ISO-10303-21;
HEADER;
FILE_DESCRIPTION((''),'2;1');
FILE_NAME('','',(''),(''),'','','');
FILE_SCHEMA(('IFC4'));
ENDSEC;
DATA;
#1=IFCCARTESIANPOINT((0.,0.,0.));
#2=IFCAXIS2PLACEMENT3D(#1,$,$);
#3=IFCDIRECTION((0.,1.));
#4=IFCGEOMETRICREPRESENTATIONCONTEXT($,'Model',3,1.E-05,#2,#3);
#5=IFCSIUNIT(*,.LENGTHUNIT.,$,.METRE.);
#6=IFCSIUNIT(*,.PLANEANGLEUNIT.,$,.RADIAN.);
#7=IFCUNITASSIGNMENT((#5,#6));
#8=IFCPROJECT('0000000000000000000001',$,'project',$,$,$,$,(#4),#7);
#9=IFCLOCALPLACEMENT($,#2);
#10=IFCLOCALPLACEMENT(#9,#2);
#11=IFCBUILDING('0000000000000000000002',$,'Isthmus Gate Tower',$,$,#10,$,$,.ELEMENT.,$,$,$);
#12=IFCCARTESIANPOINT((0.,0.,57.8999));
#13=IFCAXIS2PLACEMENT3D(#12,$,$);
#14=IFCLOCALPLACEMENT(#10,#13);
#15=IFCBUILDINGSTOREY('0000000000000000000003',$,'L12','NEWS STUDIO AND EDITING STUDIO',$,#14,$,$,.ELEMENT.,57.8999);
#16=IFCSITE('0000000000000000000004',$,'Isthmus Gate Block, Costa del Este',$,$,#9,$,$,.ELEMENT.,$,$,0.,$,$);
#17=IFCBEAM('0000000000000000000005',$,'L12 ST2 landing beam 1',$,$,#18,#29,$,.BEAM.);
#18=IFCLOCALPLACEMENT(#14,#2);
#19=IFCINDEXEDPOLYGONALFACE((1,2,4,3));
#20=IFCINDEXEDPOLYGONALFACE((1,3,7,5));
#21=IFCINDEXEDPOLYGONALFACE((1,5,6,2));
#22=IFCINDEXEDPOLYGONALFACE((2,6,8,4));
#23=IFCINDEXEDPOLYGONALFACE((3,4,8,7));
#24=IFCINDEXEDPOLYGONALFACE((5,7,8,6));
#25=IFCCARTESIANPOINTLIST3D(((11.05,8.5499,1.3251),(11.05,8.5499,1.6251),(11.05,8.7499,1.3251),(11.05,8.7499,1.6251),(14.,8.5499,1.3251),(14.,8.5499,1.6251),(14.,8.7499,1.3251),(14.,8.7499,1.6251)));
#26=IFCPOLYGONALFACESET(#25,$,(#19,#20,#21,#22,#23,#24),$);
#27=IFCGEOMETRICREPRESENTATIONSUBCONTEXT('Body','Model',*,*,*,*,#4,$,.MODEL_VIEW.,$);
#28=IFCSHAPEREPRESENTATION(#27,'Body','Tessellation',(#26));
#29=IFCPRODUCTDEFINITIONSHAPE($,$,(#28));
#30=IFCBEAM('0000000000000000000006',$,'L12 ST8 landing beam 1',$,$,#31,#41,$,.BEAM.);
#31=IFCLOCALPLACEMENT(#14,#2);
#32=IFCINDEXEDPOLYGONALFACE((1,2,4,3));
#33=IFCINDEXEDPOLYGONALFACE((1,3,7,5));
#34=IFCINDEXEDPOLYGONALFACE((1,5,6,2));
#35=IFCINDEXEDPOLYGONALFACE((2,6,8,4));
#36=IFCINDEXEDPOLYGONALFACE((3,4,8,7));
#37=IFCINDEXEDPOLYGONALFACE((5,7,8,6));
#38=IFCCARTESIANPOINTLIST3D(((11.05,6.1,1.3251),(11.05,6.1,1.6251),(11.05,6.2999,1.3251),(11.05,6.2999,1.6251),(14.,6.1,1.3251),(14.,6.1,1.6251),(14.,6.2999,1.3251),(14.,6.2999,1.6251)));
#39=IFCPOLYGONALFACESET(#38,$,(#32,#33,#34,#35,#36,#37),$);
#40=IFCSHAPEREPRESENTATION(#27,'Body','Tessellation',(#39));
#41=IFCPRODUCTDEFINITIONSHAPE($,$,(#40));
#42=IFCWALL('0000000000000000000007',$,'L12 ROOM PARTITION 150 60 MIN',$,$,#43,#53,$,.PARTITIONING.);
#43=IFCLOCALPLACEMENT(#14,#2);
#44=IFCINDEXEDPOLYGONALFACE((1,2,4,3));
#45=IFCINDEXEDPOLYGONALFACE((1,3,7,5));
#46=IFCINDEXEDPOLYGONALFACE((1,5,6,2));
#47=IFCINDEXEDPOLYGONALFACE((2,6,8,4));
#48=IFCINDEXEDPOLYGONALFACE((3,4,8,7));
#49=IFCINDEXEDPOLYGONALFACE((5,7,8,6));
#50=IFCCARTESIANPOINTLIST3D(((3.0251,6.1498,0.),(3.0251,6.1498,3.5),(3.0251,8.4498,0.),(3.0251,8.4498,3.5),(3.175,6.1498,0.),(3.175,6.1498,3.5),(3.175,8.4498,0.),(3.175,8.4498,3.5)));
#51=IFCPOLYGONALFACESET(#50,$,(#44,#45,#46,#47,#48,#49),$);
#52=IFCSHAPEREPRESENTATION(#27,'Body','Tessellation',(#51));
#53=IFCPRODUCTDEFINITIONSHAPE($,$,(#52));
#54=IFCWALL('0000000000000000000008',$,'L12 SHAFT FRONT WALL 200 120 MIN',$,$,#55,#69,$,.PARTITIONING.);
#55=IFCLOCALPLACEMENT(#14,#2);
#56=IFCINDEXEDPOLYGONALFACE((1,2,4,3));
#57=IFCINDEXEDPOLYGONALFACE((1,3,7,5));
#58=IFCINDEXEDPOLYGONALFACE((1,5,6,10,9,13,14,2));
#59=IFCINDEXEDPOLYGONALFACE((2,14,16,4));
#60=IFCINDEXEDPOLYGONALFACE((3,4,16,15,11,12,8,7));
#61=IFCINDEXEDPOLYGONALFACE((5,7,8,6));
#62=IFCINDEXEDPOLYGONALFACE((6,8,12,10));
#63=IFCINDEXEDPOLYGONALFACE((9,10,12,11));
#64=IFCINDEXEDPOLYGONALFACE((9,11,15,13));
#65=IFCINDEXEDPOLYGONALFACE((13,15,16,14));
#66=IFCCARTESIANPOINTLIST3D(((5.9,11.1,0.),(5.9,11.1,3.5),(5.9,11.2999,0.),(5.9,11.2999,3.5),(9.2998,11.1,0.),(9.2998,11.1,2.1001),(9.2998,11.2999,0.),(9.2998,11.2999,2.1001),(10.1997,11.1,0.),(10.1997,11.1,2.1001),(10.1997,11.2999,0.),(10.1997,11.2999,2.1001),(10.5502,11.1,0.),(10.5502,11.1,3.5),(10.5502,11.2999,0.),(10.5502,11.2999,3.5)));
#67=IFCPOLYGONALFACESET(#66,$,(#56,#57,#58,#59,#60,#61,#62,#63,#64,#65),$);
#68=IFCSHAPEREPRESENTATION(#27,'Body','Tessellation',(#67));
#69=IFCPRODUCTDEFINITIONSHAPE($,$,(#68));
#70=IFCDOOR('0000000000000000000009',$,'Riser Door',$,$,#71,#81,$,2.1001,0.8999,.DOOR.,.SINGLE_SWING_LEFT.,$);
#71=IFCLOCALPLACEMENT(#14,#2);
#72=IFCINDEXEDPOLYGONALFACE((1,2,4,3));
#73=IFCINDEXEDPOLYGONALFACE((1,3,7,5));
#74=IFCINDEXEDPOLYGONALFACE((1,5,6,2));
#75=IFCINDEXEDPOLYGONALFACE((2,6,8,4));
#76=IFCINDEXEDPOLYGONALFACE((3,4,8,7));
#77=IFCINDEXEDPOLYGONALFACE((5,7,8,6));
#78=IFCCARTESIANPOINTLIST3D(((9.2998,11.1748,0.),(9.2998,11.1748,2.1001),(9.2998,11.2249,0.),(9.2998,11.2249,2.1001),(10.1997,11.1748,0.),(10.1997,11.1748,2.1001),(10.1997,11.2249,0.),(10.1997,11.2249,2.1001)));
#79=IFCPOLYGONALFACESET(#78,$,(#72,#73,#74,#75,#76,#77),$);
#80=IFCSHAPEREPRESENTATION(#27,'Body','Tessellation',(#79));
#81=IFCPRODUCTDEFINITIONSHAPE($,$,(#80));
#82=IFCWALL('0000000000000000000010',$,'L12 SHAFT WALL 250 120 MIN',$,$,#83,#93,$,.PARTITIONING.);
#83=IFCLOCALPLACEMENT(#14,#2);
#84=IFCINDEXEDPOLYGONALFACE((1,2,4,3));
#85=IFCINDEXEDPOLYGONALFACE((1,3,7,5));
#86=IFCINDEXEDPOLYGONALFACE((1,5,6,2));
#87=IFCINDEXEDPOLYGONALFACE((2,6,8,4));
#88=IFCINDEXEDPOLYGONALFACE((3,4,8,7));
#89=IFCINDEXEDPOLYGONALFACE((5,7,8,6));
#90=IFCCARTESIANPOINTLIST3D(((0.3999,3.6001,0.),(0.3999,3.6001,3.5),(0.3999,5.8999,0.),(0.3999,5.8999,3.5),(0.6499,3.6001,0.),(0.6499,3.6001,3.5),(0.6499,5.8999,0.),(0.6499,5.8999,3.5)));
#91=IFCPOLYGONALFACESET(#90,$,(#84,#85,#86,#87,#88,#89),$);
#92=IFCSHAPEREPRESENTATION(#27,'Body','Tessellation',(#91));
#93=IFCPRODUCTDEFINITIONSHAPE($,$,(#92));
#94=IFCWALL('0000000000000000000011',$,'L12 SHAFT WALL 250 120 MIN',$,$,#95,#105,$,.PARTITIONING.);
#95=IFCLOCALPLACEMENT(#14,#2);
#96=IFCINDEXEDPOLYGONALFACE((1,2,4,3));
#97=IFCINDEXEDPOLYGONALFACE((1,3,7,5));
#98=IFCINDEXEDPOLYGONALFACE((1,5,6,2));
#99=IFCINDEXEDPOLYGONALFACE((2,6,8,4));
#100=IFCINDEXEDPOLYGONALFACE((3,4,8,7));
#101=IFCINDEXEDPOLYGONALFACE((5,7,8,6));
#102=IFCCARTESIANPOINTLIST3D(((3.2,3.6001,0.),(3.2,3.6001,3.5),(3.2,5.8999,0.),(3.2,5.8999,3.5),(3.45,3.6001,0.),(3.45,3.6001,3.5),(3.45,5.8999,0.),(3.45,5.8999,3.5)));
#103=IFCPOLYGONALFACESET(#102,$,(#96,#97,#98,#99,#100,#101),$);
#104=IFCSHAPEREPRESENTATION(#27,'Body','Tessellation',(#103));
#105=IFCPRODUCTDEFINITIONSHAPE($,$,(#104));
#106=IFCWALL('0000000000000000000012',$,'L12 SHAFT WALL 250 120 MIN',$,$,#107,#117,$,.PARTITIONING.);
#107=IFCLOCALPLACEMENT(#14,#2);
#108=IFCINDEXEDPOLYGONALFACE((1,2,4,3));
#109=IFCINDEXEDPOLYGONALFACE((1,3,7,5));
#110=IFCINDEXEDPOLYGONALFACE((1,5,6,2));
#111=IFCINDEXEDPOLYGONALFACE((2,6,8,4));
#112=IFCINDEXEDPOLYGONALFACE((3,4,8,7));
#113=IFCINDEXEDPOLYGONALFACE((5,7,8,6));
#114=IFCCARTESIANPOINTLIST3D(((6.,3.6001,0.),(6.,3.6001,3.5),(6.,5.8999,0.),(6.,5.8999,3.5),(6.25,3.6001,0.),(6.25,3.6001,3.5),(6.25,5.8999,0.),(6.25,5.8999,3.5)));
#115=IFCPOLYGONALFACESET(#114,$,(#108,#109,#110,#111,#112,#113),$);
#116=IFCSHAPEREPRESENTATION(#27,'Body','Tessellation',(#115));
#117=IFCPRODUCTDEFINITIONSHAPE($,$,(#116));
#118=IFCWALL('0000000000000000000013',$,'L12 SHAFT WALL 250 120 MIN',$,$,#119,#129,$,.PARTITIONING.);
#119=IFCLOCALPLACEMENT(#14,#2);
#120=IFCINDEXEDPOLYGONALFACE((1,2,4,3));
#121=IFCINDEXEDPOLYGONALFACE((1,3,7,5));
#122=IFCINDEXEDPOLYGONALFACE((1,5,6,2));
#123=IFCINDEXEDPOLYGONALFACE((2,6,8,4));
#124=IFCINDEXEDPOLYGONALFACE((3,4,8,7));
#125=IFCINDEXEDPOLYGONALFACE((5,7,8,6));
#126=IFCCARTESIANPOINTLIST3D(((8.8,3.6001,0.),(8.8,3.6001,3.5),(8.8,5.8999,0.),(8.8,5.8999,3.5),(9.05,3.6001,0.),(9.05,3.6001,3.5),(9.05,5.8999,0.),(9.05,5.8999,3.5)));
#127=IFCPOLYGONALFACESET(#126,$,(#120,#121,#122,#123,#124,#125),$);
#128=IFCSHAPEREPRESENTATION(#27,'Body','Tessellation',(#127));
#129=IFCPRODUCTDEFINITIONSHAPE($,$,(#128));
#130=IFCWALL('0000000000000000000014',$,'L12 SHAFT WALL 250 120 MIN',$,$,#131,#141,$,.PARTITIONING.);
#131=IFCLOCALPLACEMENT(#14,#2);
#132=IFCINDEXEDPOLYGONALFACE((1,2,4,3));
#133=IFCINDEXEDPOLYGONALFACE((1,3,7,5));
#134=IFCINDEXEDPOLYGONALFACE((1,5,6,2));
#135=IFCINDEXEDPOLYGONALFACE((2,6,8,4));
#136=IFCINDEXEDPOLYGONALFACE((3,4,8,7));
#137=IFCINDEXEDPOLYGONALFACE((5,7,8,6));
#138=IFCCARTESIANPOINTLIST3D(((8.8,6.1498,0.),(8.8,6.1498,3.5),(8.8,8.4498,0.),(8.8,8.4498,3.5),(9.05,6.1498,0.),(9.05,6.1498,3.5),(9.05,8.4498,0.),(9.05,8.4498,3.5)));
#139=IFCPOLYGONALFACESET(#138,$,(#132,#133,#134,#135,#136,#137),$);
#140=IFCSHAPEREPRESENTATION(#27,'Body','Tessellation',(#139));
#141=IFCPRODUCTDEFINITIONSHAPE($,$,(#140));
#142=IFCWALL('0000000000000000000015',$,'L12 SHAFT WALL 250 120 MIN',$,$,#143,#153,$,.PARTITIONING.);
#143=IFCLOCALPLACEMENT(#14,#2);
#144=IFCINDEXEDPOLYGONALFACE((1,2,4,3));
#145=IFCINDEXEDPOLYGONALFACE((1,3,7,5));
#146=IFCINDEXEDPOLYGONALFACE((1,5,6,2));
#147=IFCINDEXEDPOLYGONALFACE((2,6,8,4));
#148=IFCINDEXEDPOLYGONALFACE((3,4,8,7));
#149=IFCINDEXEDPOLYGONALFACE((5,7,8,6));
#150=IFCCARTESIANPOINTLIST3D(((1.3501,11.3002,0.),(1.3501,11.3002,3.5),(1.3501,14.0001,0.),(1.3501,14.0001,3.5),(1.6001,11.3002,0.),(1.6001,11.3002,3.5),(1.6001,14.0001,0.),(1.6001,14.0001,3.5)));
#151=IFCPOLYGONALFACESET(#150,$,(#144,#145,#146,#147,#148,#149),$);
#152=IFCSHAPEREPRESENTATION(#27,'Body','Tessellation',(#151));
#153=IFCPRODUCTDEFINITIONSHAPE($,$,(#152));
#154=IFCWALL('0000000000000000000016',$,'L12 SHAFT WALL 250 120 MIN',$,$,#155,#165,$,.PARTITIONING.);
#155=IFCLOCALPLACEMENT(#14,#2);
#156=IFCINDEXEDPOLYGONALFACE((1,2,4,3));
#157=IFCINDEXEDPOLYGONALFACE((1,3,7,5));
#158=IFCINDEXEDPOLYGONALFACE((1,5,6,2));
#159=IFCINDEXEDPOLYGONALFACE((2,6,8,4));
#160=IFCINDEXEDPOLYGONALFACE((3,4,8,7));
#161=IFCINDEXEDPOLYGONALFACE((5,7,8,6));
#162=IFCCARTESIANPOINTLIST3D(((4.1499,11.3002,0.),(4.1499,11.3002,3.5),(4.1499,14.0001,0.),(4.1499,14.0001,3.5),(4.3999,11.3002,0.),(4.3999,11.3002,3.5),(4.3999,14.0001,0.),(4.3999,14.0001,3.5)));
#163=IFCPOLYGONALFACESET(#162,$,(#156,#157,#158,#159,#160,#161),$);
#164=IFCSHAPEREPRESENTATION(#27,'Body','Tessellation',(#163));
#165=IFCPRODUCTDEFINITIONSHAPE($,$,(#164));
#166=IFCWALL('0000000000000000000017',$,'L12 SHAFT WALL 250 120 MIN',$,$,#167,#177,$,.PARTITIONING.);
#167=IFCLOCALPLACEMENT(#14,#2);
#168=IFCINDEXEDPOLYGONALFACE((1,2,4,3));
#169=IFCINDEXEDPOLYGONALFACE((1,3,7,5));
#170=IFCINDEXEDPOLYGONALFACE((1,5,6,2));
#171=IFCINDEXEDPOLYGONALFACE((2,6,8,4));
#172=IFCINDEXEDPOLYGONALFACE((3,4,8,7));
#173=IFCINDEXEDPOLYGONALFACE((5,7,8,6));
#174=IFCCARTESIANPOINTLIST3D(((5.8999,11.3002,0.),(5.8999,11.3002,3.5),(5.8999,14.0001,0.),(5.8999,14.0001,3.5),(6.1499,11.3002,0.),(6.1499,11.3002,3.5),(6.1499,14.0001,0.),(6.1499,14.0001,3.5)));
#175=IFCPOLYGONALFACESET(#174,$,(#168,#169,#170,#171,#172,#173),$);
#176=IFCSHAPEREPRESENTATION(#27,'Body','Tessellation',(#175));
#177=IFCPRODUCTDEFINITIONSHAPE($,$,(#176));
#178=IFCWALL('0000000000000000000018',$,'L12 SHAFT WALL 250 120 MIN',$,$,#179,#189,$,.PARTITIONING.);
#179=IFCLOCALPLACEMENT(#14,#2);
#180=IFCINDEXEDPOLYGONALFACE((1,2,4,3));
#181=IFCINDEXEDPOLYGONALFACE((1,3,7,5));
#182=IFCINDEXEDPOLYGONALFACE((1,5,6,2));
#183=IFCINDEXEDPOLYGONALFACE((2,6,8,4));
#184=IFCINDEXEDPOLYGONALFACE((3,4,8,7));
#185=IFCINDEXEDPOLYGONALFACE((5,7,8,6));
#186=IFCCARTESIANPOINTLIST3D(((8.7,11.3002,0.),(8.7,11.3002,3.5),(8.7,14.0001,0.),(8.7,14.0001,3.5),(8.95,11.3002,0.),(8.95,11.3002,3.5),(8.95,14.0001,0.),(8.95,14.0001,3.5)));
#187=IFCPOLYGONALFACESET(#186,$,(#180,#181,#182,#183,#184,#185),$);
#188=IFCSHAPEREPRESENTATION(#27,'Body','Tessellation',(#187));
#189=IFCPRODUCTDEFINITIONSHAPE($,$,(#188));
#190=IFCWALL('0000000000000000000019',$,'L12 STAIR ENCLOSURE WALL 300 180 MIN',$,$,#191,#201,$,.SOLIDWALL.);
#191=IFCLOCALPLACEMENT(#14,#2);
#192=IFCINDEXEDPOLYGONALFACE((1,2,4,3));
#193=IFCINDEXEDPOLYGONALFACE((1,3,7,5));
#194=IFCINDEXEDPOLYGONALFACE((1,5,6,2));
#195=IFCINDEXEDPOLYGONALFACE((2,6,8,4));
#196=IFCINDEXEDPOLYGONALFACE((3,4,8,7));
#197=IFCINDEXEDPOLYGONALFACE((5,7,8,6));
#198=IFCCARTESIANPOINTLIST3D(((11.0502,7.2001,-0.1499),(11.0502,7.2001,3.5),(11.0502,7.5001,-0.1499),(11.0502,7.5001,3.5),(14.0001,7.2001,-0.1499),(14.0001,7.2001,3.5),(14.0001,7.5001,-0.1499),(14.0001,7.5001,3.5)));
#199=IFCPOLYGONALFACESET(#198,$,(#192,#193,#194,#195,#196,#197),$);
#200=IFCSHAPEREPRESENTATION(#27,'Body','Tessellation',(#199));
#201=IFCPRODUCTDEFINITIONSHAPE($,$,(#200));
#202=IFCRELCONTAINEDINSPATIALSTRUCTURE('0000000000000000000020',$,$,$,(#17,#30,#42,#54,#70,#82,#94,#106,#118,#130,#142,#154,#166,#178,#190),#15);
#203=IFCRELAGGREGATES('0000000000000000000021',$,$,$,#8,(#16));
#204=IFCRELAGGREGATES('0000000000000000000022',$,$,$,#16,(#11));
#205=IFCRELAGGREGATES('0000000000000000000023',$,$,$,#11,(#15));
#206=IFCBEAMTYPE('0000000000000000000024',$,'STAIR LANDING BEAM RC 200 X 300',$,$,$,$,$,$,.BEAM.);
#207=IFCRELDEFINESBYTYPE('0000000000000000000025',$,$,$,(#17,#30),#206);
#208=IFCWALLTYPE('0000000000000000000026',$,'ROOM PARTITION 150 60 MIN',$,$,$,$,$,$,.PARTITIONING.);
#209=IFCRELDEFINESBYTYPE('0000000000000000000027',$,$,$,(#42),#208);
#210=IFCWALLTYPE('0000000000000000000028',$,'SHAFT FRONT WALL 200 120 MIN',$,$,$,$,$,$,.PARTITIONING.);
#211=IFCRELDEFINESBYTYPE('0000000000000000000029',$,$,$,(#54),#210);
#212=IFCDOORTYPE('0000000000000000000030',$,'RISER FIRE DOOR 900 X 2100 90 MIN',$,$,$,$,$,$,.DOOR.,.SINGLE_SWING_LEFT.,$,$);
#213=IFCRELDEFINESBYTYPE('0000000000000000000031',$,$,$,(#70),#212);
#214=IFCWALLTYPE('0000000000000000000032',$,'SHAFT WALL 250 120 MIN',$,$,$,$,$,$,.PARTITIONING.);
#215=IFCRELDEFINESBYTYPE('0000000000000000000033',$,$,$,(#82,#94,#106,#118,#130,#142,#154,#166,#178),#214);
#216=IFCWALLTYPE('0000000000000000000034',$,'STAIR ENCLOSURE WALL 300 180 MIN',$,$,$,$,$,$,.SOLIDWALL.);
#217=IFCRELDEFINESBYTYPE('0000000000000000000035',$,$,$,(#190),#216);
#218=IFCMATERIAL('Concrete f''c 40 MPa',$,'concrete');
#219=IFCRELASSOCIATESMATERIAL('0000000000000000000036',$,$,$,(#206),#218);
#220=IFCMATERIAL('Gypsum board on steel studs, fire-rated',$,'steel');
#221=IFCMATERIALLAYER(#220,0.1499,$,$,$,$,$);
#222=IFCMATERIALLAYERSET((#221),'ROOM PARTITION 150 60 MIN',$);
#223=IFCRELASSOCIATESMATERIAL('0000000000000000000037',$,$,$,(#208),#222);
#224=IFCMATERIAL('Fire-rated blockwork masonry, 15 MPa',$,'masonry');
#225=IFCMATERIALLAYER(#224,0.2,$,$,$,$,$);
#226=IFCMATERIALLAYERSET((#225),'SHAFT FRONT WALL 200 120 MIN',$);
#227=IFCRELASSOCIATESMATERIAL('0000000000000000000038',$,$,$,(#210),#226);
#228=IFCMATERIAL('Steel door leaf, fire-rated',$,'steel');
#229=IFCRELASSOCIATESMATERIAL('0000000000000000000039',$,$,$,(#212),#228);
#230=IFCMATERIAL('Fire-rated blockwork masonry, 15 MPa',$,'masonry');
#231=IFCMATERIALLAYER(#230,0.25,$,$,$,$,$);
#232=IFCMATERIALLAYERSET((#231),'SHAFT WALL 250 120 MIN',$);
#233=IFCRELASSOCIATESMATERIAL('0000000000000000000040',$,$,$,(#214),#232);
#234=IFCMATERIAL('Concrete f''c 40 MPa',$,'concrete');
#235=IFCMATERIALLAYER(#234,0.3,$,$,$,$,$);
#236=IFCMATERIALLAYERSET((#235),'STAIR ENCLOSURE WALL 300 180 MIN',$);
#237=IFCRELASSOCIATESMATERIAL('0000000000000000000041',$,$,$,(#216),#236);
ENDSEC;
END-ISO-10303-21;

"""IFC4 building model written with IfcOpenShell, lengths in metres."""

from ifc_helpers import new_model, si_unit, direction, frame, frame_2d, origin, origin_2d, place, context, subcontext, project, spatial, rectangle, extrude, material, layer, layer_set, material_profile, profile_set, type_object, element, fill, save


model = new_model("IFC4")

# Units and contexts
model_context = context("Model", 3, precision=1e-05, world=origin(), true_north=direction((0.0, 1.0)))
body_context = subcontext(model_context, "Body", "Model", "MODEL_VIEW")
ifc_project = project(units=[si_unit("LENGTHUNIT", "METRE"), si_unit("PLANEANGLEUNIT", "RADIAN")], contexts=[model_context])

# Site, building, storey
site_placement = place(None, origin())
site = spatial("IfcSite", under=ifc_project, at=site_placement, Name="Isthmus Gate Block, Costa del Este", CompositionType="ELEMENT", RefElevation=0.0)
building_placement = place(site_placement, origin())
building = spatial("IfcBuilding", under=site, at=building_placement, Name="Isthmus Gate Tower", CompositionType="ELEMENT")
storey_placement = place(building_placement, frame((0.0, 0.0, 57.8999)))
storey = spatial("IfcBuildingStorey", under=building, at=storey_placement, Name="L12", Description="NEWS STUDIO AND EDITING STUDIO", CompositionType="ELEMENT", Elevation=57.8999)

# Beams
ifc_material_1 = material(Name="Concrete f'c 40 MPa", Category="concrete")
ifc_material_profile = material_profile(ifc_material_1, rectangle(XDim=0.2, YDim=0.3, at=origin_2d()), Name="STAIR LANDING BEAM RC 200 X 300")
ifc_profile_set = profile_set([ifc_material_profile], Name="Concrete f'c 40 MPa")
beam_type = type_object("IfcBeamType", Name="STAIR LANDING BEAM RC 200 X 300", PredefinedType="BEAM", material=ifc_profile_set)
for number, where, z_axis, x_axis, name in (
    (1, (11.05, 8.6499, 1.4751), (1.0, 0.0, 0.0), (0.0, 1.0, 0.0), "L12 ST2 landing beam 1"),
    (2, (11.05, 6.2, 1.4751), (1.0, 0.0, 0.0), (0.0, 1.0, 0.0), "L12 ST8 landing beam 1"),
):
    element("IfcBeam", number, at=place(storey_placement, frame(where, z_axis=z_axis, x_axis=x_axis)), inside=storey, type_object=beam_type, Name=name, PredefinedType="BEAM", context=body_context, shape_type="SweptSolid", body=[
        extrude(rectangle(XDim=0.2, YDim=0.3, at=origin_2d()), origin(), (0.0, 0.0, 1.0), 2.95),
    ])

# Wall
ifc_material_2 = material(Name="Gypsum board on steel studs, fire-rated", Category="steel")
ifc_layer_1 = layer(ifc_material_2, 0.1499)
ifc_layer_set_1 = layer_set([ifc_layer_1], Name="ROOM PARTITION 150 60 MIN")
wall_type_1 = type_object("IfcWallType", Name="ROOM PARTITION 150 60 MIN", PredefinedType="PARTITIONING", material=ifc_layer_set_1)
wall_1_placement = place(storey_placement, frame((3.1001, 6.1499, 0.0), z_axis=(0.0, 0.0, 1.0), x_axis=(0.0, 1.0, 0.0)))
element("IfcWall", 3, at=wall_1_placement, inside=storey, type_object=wall_type_1, Name="L12 ROOM PARTITION 150 60 MIN", PredefinedType="PARTITIONING", context=body_context, shape_type="SweptSolid", body=[
    extrude(rectangle(XDim=2.3, YDim=0.1499, at=frame_2d((1.1499, 0.0))), origin(), (0.0, 0.0, 1.0), 3.5),
])

# Wall, opening, door
ifc_material_3 = material(Name="Fire-rated blockwork masonry, 15 MPa", Category="masonry")
ifc_layer_2 = layer(ifc_material_3, 0.2)
ifc_layer_set_2 = layer_set([ifc_layer_2], Name="SHAFT FRONT WALL 200 120 MIN")
wall_type_2 = type_object("IfcWallType", Name="SHAFT FRONT WALL 200 120 MIN", PredefinedType="PARTITIONING", material=ifc_layer_set_2)
wall_2_placement = place(storey_placement, frame((5.8999, 11.2, 0.0), z_axis=(0.0, 0.0, 1.0), x_axis=(1.0, 0.0, 0.0)))
wall_2 = element("IfcWall", 4, at=wall_2_placement, inside=storey, type_object=wall_type_2, Name="L12 SHAFT FRONT WALL 200 120 MIN", PredefinedType="PARTITIONING", context=body_context, shape_type="SweptSolid", body=[
    extrude(rectangle(XDim=4.6501, YDim=0.2, at=frame_2d((2.3252, 0.0))), origin(), (0.0, 0.0, 1.0), 3.5),
])
opening_placement = place(wall_2_placement, frame((3.3999, 0.0, 0.0)))
opening = element("IfcOpeningElement", 5, at=opening_placement, cuts=wall_2, PredefinedType="OPENING", context=body_context, shape_type="SweptSolid", body=[
    extrude(rectangle(XDim=0.8999, YDim=2.1001, at=frame_2d((0.45, 1.05))), frame((0.0, 0.1099, 0.0), z_axis=(0.0, -1.0, 0.0), x_axis=(1.0, 0.0, 0.0)), (0.0, 0.0, 1.0), 0.22),
])
ifc_material_4 = material(Name="Steel door leaf, fire-rated", Category="steel")
door_type = type_object("IfcDoorType", Name="RISER FIRE DOOR 900 X 2100 90 MIN", OperationType="SINGLE_SWING_LEFT", PredefinedType="DOOR", material=ifc_material_4)
door_placement = place(opening_placement, origin())
door = element("IfcDoor", 6, at=door_placement, inside=storey, type_object=door_type, Name="Riser Door", OperationType="SINGLE_SWING_LEFT", OverallHeight=2.1001, OverallWidth=0.8999, PredefinedType="DOOR", context=body_context, shape_type="SweptSolid", body=[
    extrude(rectangle(XDim=0.8999, YDim=2.1001, at=frame_2d((0.45, 1.05))), frame((0.0, 0.0249, 0.0), z_axis=(0.0, -1.0, 0.0), x_axis=(1.0, 0.0, 0.0)), (0.0, 0.0, 1.0), 0.05),
])
fill(opening, door)

# Walls
ifc_material_5 = material(Name="Fire-rated blockwork masonry, 15 MPa", Category="masonry")
ifc_layer_3 = layer(ifc_material_5, 0.25)
ifc_layer_set_3 = layer_set([ifc_layer_3], Name="SHAFT WALL 250 120 MIN")
wall_type_3 = type_object("IfcWallType", Name="SHAFT WALL 250 120 MIN", PredefinedType="PARTITIONING", material=ifc_layer_set_3)
for number, where, z_axis, x_axis, name in (
    (7, (0.5249, 3.6001, 0.0), (0.0, 0.0, 1.0), (0.0, 1.0, 0.0), "L12 SHAFT WALL 250 120 MIN"),
    (8, (3.325, 3.6001, 0.0), (0.0, 0.0, 1.0), (0.0, 1.0, 0.0), "L12 SHAFT WALL 250 120 MIN"),
    (9, (6.125, 3.6001, 0.0), (0.0, 0.0, 1.0), (0.0, 1.0, 0.0), "L12 SHAFT WALL 250 120 MIN"),
    (10, (8.925, 3.6001, 0.0), (0.0, 0.0, 1.0), (0.0, 1.0, 0.0), "L12 SHAFT WALL 250 120 MIN"),
):
    element("IfcWall", number, at=place(storey_placement, frame(where, z_axis=z_axis, x_axis=x_axis)), inside=storey, type_object=wall_type_3, Name=name, PredefinedType="PARTITIONING", context=body_context, shape_type="SweptSolid", body=[
        extrude(rectangle(XDim=2.2998, YDim=0.25, at=frame_2d((1.1499, 0.0))), origin(), (0.0, 0.0, 1.0), 3.5),
    ])
wall_3_placement = place(storey_placement, frame((8.925, 6.1499, 0.0), z_axis=(0.0, 0.0, 1.0), x_axis=(0.0, 1.0, 0.0)))
element("IfcWall", 11, at=wall_3_placement, inside=storey, type_object=wall_type_3, Name="L12 SHAFT WALL 250 120 MIN", PredefinedType="PARTITIONING", context=body_context, shape_type="SweptSolid", body=[
    extrude(rectangle(XDim=2.3, YDim=0.25, at=frame_2d((1.1499, 0.0))), origin(), (0.0, 0.0, 1.0), 3.5),
])
for number, where, z_axis, x_axis, name in (
    (12, (1.4751, 11.3, 0.0), (0.0, 0.0, 1.0), (0.0, 1.0, 0.0), "L12 SHAFT WALL 250 120 MIN"),
    (13, (4.2749, 11.3, 0.0), (0.0, 0.0, 1.0), (0.0, 1.0, 0.0), "L12 SHAFT WALL 250 120 MIN"),
    (14, (6.0249, 11.3, 0.0), (0.0, 0.0, 1.0), (0.0, 1.0, 0.0), "L12 SHAFT WALL 250 120 MIN"),
    (15, (8.825, 11.3, 0.0), (0.0, 0.0, 1.0), (0.0, 1.0, 0.0), "L12 SHAFT WALL 250 120 MIN"),
):
    element("IfcWall", number, at=place(storey_placement, frame(where, z_axis=z_axis, x_axis=x_axis)), inside=storey, type_object=wall_type_3, Name=name, PredefinedType="PARTITIONING", context=body_context, shape_type="SweptSolid", body=[
        extrude(rectangle(XDim=2.7, YDim=0.25, at=frame_2d((1.3501, 0.0))), origin(), (0.0, 0.0, 1.0), 3.5),
    ])
ifc_material_6 = material(Name="Concrete f'c 40 MPa", Category="concrete")
ifc_layer_4 = layer(ifc_material_6, 0.3)
ifc_layer_set_4 = layer_set([ifc_layer_4], Name="STAIR ENCLOSURE WALL 300 180 MIN")
wall_type_4 = type_object("IfcWallType", Name="STAIR ENCLOSURE WALL 300 180 MIN", PredefinedType="SOLIDWALL", material=ifc_layer_set_4)
wall_4_placement = place(storey_placement, frame((11.05, 7.3501, -0.1499), z_axis=(0.0, 0.0, 1.0), x_axis=(1.0, 0.0, 0.0)))
element("IfcWall", 16, at=wall_4_placement, inside=storey, type_object=wall_type_4, Name="L12 STAIR ENCLOSURE WALL 300 180 MIN", PredefinedType="SOLIDWALL", context=body_context, shape_type="SweptSolid", body=[
    extrude(rectangle(XDim=2.95, YDim=0.3, at=frame_2d((1.4751, 0.0))), origin(), (0.0, 0.0, 1.0), 3.6499),
])

save(model, "model.ifc")
